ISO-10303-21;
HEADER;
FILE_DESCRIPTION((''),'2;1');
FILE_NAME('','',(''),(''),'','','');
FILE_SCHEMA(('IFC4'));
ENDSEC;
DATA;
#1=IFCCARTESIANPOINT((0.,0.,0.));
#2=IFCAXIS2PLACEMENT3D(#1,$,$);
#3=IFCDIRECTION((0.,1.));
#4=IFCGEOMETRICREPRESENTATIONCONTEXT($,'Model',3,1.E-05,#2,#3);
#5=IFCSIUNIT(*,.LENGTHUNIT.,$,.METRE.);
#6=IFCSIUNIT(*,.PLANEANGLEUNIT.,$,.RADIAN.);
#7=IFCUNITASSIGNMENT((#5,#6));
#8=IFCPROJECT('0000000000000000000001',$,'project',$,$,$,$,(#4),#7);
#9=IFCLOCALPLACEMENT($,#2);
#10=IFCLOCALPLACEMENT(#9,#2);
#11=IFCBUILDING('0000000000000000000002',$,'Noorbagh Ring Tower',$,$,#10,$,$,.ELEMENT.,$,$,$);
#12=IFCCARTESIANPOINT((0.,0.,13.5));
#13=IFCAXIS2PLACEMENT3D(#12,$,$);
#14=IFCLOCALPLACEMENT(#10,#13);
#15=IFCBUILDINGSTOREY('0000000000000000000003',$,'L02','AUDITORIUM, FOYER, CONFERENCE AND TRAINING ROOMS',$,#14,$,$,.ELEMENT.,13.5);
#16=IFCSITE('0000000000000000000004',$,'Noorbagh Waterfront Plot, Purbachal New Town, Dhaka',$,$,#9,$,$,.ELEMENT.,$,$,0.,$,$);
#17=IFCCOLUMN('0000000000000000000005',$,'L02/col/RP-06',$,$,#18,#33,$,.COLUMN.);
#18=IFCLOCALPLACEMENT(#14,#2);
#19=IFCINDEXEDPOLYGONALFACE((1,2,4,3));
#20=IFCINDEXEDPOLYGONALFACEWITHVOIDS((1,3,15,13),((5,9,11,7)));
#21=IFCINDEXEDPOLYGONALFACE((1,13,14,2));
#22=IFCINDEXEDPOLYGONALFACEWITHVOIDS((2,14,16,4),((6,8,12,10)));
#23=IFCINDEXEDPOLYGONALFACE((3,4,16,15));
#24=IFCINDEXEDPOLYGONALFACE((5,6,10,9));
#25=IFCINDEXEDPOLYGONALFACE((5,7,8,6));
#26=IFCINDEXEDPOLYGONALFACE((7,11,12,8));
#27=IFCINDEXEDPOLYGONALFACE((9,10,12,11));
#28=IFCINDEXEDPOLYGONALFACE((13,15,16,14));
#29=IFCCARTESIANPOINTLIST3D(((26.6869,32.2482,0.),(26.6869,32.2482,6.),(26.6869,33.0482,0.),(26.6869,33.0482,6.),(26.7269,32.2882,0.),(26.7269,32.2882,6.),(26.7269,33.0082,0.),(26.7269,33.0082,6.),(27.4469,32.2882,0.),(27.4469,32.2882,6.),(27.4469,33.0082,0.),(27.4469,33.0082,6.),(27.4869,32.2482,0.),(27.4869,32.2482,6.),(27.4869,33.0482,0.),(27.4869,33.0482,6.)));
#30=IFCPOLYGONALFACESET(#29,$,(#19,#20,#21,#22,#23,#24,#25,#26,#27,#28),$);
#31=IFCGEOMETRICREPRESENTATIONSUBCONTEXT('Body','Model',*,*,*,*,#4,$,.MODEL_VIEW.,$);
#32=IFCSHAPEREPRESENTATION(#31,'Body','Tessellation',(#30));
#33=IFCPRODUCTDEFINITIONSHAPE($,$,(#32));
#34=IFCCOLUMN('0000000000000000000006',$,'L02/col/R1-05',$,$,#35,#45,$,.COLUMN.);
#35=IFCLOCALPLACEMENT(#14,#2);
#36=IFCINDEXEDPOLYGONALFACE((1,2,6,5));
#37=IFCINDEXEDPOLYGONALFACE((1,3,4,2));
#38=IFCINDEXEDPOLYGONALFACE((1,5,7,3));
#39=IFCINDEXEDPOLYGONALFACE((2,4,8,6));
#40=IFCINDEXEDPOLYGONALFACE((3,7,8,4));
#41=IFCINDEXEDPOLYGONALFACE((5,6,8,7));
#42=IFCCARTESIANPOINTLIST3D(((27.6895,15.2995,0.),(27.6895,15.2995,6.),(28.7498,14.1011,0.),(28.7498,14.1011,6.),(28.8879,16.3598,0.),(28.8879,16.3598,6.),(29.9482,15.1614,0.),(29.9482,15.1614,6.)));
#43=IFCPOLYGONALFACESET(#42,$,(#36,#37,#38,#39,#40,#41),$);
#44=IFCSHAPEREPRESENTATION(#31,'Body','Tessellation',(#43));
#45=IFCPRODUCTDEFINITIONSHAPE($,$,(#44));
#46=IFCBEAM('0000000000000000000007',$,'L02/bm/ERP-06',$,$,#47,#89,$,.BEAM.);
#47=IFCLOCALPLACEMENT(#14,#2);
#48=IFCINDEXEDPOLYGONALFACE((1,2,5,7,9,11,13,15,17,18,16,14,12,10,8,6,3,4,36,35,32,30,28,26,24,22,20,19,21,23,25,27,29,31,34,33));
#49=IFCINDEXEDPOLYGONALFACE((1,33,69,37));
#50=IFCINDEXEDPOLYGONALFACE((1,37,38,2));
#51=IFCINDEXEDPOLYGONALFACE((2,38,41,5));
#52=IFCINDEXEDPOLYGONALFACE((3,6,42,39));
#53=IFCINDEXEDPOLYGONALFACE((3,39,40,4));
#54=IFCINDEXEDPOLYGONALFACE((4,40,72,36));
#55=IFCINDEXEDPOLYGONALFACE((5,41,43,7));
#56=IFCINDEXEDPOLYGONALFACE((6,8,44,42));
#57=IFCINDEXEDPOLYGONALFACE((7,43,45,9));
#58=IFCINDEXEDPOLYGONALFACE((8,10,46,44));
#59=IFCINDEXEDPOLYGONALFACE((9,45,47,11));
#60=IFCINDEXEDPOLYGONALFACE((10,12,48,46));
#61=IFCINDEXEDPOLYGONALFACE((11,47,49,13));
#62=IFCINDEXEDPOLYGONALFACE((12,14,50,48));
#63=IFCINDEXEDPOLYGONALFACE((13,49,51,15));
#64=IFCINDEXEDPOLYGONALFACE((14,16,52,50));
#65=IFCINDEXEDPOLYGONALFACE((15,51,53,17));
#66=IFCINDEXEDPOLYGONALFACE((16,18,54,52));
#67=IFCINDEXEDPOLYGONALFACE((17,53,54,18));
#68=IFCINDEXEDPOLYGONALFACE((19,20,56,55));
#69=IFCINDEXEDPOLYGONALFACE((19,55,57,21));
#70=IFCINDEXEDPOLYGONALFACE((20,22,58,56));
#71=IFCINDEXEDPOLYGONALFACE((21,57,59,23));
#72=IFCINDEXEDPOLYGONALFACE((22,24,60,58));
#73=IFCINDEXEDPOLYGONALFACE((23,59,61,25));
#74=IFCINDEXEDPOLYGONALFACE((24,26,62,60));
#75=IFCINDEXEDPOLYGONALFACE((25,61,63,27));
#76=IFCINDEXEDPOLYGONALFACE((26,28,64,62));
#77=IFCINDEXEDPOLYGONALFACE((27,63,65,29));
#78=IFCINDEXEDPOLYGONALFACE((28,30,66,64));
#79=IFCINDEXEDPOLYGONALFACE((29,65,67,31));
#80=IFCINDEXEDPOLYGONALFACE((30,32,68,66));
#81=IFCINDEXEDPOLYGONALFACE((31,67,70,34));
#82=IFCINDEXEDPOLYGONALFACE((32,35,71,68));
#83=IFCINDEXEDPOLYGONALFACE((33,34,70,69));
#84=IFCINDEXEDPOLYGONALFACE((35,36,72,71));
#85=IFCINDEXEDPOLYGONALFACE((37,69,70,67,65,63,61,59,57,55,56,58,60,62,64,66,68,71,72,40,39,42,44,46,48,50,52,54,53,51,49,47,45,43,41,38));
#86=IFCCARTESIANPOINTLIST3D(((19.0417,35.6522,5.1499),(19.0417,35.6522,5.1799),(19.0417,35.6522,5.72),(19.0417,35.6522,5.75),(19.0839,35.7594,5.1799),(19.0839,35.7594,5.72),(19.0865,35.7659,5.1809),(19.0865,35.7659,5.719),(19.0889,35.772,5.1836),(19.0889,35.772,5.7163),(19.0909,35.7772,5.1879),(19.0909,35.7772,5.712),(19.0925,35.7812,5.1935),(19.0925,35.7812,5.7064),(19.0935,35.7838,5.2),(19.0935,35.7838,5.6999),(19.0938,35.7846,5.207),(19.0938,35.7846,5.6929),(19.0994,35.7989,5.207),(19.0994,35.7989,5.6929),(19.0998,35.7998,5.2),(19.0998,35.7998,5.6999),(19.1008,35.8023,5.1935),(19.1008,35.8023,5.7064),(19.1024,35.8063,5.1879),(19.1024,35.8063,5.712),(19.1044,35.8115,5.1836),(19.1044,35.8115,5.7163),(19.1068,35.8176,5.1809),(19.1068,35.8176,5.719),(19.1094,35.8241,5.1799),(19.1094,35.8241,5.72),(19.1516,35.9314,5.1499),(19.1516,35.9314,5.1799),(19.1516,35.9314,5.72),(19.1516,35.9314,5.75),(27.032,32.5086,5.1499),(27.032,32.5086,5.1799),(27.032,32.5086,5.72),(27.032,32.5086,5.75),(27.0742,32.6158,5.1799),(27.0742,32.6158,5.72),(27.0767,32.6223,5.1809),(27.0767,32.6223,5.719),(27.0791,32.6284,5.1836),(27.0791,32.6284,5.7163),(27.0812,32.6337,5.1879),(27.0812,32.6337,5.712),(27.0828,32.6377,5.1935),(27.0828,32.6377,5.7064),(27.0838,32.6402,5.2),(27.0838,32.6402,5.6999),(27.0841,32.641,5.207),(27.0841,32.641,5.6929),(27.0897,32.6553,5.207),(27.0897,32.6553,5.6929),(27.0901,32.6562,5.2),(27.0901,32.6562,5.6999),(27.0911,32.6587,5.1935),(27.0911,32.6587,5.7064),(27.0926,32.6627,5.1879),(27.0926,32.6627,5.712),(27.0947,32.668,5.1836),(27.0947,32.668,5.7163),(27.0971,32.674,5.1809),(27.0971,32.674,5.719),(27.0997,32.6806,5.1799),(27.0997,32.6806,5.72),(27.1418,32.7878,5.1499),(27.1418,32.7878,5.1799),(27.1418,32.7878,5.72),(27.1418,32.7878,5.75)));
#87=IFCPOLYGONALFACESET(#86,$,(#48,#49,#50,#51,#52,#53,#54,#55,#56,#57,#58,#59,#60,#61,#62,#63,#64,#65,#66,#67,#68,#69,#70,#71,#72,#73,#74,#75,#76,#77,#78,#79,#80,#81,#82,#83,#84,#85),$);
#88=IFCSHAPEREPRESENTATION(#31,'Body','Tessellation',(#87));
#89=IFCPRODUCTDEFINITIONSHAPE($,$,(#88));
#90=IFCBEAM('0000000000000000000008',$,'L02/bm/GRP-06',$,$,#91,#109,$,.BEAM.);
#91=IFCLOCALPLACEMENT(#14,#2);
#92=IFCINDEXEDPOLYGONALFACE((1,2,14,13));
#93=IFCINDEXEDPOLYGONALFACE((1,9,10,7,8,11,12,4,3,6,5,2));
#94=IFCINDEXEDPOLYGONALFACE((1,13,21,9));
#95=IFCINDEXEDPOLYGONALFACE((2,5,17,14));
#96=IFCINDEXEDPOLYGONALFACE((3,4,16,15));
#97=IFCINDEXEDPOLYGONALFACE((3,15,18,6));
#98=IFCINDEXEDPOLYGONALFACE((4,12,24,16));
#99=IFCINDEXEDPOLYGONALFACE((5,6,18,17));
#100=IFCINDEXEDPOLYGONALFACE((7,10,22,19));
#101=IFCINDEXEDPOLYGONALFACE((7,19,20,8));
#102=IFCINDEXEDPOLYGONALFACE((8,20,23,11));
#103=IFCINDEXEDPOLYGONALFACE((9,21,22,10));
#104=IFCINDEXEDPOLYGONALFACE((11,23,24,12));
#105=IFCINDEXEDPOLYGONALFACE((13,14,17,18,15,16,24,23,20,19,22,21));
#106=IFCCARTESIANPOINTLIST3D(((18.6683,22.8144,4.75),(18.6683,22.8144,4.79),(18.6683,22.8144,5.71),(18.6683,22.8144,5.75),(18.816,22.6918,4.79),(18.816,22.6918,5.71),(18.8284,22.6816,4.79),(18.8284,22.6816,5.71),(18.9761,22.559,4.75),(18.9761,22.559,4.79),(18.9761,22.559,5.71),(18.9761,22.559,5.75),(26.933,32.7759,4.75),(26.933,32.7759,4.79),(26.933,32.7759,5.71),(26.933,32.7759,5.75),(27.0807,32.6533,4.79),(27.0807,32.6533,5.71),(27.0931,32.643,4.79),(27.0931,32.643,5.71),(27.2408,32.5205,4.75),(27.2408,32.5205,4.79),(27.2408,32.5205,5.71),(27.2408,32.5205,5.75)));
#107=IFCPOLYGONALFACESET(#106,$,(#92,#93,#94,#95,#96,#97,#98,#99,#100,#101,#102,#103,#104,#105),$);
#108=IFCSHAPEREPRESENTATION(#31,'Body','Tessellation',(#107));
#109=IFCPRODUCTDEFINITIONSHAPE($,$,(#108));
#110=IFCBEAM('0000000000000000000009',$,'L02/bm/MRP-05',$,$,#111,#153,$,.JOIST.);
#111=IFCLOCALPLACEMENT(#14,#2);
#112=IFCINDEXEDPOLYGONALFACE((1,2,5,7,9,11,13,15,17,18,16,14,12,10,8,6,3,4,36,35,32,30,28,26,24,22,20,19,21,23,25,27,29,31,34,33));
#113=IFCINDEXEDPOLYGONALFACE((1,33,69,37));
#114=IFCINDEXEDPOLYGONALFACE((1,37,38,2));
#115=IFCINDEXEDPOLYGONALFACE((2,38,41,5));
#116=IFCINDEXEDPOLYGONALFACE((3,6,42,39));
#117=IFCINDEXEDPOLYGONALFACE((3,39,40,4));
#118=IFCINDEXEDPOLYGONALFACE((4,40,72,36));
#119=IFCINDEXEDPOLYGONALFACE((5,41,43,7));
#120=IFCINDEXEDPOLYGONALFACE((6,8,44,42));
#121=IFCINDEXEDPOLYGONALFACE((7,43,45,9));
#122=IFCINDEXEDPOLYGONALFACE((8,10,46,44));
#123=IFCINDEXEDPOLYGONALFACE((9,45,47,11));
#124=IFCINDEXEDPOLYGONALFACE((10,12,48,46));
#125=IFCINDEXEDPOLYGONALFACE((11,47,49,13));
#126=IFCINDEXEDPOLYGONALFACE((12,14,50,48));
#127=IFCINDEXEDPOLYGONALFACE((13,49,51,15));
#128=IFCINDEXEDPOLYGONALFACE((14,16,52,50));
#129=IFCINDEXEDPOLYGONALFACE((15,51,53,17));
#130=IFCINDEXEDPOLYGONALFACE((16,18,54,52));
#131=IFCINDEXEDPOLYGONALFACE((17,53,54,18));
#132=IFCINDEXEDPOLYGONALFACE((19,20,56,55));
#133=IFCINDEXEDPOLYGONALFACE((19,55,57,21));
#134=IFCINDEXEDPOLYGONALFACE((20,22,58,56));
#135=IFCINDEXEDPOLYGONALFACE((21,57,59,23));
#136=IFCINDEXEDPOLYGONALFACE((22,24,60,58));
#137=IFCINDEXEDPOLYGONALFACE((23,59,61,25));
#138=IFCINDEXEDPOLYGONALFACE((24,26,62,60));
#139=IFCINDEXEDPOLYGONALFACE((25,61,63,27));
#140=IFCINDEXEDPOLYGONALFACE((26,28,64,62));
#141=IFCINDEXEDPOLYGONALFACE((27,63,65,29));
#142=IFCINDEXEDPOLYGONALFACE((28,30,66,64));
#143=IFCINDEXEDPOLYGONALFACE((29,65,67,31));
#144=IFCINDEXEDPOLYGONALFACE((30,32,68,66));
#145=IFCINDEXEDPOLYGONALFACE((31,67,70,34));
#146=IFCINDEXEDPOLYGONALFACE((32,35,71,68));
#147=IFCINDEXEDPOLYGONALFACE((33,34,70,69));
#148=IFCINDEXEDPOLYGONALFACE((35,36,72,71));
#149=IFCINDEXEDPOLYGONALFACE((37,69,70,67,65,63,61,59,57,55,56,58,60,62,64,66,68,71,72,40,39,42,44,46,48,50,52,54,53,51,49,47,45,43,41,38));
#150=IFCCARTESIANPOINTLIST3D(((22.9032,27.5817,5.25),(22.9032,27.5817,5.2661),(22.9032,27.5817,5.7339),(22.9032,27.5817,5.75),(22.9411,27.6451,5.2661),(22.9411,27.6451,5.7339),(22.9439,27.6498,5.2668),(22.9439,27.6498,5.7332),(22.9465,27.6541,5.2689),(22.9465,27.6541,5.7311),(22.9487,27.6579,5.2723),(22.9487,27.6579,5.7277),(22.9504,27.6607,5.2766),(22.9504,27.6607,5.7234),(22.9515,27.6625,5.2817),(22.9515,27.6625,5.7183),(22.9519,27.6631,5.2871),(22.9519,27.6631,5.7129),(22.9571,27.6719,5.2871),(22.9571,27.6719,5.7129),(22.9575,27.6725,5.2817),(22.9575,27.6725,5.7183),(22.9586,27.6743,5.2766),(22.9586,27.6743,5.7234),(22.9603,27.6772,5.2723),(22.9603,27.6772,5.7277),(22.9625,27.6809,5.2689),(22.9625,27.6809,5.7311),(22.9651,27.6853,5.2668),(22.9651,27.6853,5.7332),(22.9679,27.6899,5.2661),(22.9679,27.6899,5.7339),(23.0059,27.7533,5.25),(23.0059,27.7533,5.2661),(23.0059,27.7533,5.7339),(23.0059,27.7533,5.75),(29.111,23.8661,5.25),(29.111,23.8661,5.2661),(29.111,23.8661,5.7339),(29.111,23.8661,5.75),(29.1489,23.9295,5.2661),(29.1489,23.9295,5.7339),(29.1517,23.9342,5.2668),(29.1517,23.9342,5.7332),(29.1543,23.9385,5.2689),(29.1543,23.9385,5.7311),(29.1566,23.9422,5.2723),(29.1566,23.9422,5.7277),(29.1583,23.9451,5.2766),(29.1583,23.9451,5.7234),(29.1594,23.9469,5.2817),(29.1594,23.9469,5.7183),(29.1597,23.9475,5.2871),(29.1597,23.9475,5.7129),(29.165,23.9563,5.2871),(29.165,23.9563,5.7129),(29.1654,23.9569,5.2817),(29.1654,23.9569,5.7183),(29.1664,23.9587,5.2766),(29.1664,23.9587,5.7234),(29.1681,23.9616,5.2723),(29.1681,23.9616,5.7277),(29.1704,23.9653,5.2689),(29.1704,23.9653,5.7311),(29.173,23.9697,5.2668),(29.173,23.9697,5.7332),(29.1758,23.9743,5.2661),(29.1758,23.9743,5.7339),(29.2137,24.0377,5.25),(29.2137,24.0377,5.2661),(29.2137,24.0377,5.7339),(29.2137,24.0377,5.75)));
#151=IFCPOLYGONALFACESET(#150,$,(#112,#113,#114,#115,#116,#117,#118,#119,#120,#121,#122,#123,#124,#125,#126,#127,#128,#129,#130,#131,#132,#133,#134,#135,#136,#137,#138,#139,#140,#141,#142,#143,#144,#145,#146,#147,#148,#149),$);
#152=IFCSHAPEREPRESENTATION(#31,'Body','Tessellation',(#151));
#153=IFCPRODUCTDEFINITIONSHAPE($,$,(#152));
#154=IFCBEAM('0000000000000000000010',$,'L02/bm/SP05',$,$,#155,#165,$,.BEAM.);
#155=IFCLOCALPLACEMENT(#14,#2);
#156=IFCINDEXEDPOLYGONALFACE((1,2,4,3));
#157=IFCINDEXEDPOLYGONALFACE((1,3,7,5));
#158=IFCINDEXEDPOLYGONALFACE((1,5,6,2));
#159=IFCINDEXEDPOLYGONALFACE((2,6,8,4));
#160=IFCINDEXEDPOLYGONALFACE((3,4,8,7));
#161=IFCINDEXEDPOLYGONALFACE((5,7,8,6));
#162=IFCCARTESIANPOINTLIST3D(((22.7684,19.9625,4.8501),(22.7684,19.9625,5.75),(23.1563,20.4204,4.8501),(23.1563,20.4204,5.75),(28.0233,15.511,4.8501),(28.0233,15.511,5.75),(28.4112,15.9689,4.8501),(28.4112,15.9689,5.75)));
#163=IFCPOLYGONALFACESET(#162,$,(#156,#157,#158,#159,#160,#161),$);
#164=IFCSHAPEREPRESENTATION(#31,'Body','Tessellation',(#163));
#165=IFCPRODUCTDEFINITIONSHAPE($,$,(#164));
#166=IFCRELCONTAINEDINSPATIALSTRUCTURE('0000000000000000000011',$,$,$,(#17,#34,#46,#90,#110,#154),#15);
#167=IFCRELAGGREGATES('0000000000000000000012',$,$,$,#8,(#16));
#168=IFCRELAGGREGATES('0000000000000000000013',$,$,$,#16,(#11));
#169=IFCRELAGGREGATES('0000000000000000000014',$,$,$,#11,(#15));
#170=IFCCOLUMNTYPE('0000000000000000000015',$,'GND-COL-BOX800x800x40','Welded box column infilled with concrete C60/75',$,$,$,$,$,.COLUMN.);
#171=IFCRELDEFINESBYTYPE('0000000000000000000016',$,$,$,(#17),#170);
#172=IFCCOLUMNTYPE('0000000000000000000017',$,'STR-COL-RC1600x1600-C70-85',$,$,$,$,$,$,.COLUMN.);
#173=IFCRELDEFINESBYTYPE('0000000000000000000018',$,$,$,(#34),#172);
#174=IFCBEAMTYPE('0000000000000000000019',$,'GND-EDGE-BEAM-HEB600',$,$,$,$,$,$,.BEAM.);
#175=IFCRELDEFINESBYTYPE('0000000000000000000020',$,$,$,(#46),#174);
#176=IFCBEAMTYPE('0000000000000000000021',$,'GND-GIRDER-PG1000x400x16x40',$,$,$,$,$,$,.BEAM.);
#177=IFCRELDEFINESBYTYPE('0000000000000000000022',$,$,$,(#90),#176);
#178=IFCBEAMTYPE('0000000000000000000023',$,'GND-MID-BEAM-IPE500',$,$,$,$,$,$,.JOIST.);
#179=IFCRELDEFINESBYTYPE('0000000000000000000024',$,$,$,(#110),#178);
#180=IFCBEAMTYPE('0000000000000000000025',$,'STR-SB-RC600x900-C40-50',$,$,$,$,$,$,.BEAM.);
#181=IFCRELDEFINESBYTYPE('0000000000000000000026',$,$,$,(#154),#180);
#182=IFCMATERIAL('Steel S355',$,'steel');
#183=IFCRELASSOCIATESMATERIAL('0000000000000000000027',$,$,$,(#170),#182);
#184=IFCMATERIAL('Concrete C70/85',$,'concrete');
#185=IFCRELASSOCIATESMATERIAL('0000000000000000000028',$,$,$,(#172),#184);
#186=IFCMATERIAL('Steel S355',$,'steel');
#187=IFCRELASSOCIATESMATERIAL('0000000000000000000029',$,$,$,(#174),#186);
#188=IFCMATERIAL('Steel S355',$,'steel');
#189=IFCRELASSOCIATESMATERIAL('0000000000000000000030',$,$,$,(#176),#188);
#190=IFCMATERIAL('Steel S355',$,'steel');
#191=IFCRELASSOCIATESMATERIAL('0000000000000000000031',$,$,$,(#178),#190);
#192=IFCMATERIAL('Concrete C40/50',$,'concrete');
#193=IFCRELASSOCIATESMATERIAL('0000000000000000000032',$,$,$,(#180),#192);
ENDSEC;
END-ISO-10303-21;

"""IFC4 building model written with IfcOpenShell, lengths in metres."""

from ifc_helpers import new_model, si_unit, direction, frame, origin, origin_2d, place, context, subcontext, project, spatial, rectangle, hollow_rectangle, i_section, extrude, material, material_profile, profile_set, type_object, element, save


model = new_model("IFC4")

# Units and contexts
model_context = context("Model", 3, precision=1e-05, world=origin(), true_north=direction((0.0, 1.0)))
body_context = subcontext(model_context, "Body", "Model", "MODEL_VIEW")
ifc_project = project(units=[si_unit("LENGTHUNIT", "METRE"), si_unit("PLANEANGLEUNIT", "RADIAN")], contexts=[model_context])

# Site, building, storey
site_placement = place(None, origin())
site = spatial("IfcSite", under=ifc_project, at=site_placement, Name="Noorbagh Waterfront Plot, Purbachal New Town, Dhaka", CompositionType="ELEMENT", RefElevation=0.0)
building_placement = place(site_placement, origin())
building = spatial("IfcBuilding", under=site, at=building_placement, Name="Noorbagh Ring Tower", CompositionType="ELEMENT")
storey_placement = place(building_placement, frame((0.0, 0.0, 13.5)))
storey = spatial("IfcBuildingStorey", under=building, at=storey_placement, Name="L02", Description="AUDITORIUM, FOYER, CONFERENCE AND TRAINING ROOMS", CompositionType="ELEMENT", Elevation=13.5)

# Columns
ifc_material_1 = material(Name="Steel S355", Category="steel")
ifc_material_profile_1 = material_profile(ifc_material_1, hollow_rectangle(XDim=0.8, YDim=0.8, WallThickness=0.04, at=origin_2d()), Name="BOX800x800x40")
ifc_profile_set_1 = profile_set([ifc_material_profile_1], Name="Steel S355")
column_type_1 = type_object("IfcColumnType", Name="GND-COL-BOX800x800x40", Description="Welded box column infilled with concrete C60/75", PredefinedType="COLUMN", material=ifc_profile_set_1)
column_1_placement = place(storey_placement, frame((27.0869, 32.6482, 0.0), z_axis=(0.0, 0.0, 1.0), x_axis=(1.0, 0.0, 0.0)))
element("IfcColumn", 1, at=column_1_placement, inside=storey, type_object=column_type_1, Name="L02/col/RP-06", PredefinedType="COLUMN", context=body_context, shape_type="SweptSolid", body=[
    extrude(hollow_rectangle(XDim=0.8, YDim=0.8, WallThickness=0.04, at=origin_2d()), origin(), (0.0, 0.0, 1.0), 6.0),
])
ifc_material_2 = material(Name="Concrete C70/85", Category="concrete")
ifc_material_profile_2 = material_profile(ifc_material_2, rectangle(XDim=1.6001, YDim=1.6001, at=origin_2d()), Name="RC1600x1600")
ifc_profile_set_2 = profile_set([ifc_material_profile_2], Name="Concrete C70/85")
column_type_2 = type_object("IfcColumnType", Name="STR-COL-RC1600x1600-C70-85", PredefinedType="COLUMN", material=ifc_profile_set_2)
column_2_placement = place(storey_placement, frame((28.8188, 15.2305, 0.0), z_axis=(0.0, 0.0, 1.0), x_axis=(-0.662636, 0.748942, 0.0)))
element("IfcColumn", 2, at=column_2_placement, inside=storey, type_object=column_type_2, Name="L02/col/R1-05", PredefinedType="COLUMN", context=body_context, shape_type="SweptSolid", body=[
    extrude(rectangle(XDim=1.6001, YDim=1.6001, at=origin_2d()), origin(), (0.0, 0.0, 1.0), 6.0),
])

# Beams
ifc_material_3 = material(Name="Steel S355", Category="steel")
ifc_material_profile_3 = material_profile(ifc_material_3, i_section(OverallWidth=0.3, OverallDepth=0.6001, WebThickness=0.0154, FlangeThickness=0.03, FilletRadius=0.0271, at=origin_2d()), Name="HEB600")
ifc_profile_set_3 = profile_set([ifc_material_profile_3], Name="Steel S355")
beam_type_1 = type_object("IfcBeamType", Name="GND-EDGE-BEAM-HEB600", PredefinedType="BEAM", material=ifc_profile_set_3)
beam_1_placement = place(storey_placement, frame((27.0869, 32.6482, 5.45), z_axis=(-0.930572, 0.36611, 0.0), x_axis=(-0.36611, -0.930572, 0.0)))
element("IfcBeam", 3, at=beam_1_placement, inside=storey, type_object=beam_type_1, Name="L02/bm/ERP-06", PredefinedType="BEAM", context=body_context, shape_type="SweptSolid", body=[
    extrude(i_section(OverallWidth=0.3, OverallDepth=0.6001, WebThickness=0.0154, FlangeThickness=0.03, FilletRadius=0.0271, at=origin_2d()), origin(), (0.0, 0.0, 1.0), 8.5864),
])
ifc_material_4 = material(Name="Steel S355", Category="steel")
ifc_material_profile_4 = material_profile(ifc_material_4, i_section(OverallWidth=0.3999, OverallDepth=1.0, WebThickness=0.0161, FlangeThickness=0.04, at=origin_2d()), Name="PG1000x400x16x40")
ifc_profile_set_4 = profile_set([ifc_material_profile_4], Name="Steel S355")
beam_type_2 = type_object("IfcBeamType", Name="GND-GIRDER-PG1000x400x16x40", PredefinedType="BEAM", material=ifc_profile_set_4)
beam_2_placement = place(storey_placement, frame((27.0869, 32.6482, 5.25), z_axis=(-0.638517, -0.769608, 0.0), x_axis=(0.769608, -0.638517, 0.0)))
element("IfcBeam", 4, at=beam_2_placement, inside=storey, type_object=beam_type_2, Name="L02/bm/GRP-06", PredefinedType="BEAM", context=body_context, shape_type="SweptSolid", body=[
    extrude(i_section(OverallWidth=0.3999, OverallDepth=1.0, WebThickness=0.0161, FlangeThickness=0.04, at=origin_2d()), origin(), (0.0, 0.0, 1.0), 12.9436),
])
ifc_material_5 = material(Name="Steel S355", Category="steel")
ifc_material_profile_5 = material_profile(ifc_material_5, i_section(OverallWidth=0.2, OverallDepth=0.5, WebThickness=0.0103, FlangeThickness=0.0161, FilletRadius=0.021, at=origin_2d()), Name="IPE500")
ifc_profile_set_5 = profile_set([ifc_material_profile_5], Name="Steel S355")
beam_type_3 = type_object("IfcBeamType", Name="GND-MID-BEAM-IPE500", PredefinedType="JOIST", material=ifc_profile_set_5)
beam_3_placement = place(storey_placement, frame((29.1624, 23.9519, 5.5), z_axis=(-0.858046, 0.513572, 0.0), x_axis=(-0.513572, -0.858046, 0.0)))
element("IfcBeam", 5, at=beam_3_placement, inside=storey, type_object=beam_type_3, Name="L02/bm/MRP-05", PredefinedType="JOIST", context=body_context, shape_type="SweptSolid", body=[
    extrude(i_section(OverallWidth=0.2, OverallDepth=0.5, WebThickness=0.0103, FlangeThickness=0.0161, FilletRadius=0.021, at=origin_2d()), origin(), (0.0, 0.0, 1.0), 7.2349),
])
ifc_material_6 = material(Name="Concrete C40/50", Category="concrete")
ifc_material_profile_6 = material_profile(ifc_material_6, rectangle(XDim=0.6001, YDim=0.8999, at=origin_2d()), Name="RC600x900")
ifc_profile_set_6 = profile_set([ifc_material_profile_6], Name="Concrete C40/50")
beam_type_4 = type_object("IfcBeamType", Name="STR-SB-RC600x900-C40-50", PredefinedType="BEAM", material=ifc_profile_set_6)
beam_4_placement = place(storey_placement, frame((28.2173, 15.74, 5.3), z_axis=(-0.76303, 0.646363, 0.0), x_axis=(-0.646363, -0.76303, 0.0)))
element("IfcBeam", 6, at=beam_4_placement, inside=storey, type_object=beam_type_4, Name="L02/bm/SP05", PredefinedType="BEAM", context=body_context, shape_type="SweptSolid", body=[
    extrude(rectangle(XDim=0.6001, YDim=0.8999, at=origin_2d()), origin(), (0.0, 0.0, 1.0), 6.887),
])

save(model, "model.ifc")
